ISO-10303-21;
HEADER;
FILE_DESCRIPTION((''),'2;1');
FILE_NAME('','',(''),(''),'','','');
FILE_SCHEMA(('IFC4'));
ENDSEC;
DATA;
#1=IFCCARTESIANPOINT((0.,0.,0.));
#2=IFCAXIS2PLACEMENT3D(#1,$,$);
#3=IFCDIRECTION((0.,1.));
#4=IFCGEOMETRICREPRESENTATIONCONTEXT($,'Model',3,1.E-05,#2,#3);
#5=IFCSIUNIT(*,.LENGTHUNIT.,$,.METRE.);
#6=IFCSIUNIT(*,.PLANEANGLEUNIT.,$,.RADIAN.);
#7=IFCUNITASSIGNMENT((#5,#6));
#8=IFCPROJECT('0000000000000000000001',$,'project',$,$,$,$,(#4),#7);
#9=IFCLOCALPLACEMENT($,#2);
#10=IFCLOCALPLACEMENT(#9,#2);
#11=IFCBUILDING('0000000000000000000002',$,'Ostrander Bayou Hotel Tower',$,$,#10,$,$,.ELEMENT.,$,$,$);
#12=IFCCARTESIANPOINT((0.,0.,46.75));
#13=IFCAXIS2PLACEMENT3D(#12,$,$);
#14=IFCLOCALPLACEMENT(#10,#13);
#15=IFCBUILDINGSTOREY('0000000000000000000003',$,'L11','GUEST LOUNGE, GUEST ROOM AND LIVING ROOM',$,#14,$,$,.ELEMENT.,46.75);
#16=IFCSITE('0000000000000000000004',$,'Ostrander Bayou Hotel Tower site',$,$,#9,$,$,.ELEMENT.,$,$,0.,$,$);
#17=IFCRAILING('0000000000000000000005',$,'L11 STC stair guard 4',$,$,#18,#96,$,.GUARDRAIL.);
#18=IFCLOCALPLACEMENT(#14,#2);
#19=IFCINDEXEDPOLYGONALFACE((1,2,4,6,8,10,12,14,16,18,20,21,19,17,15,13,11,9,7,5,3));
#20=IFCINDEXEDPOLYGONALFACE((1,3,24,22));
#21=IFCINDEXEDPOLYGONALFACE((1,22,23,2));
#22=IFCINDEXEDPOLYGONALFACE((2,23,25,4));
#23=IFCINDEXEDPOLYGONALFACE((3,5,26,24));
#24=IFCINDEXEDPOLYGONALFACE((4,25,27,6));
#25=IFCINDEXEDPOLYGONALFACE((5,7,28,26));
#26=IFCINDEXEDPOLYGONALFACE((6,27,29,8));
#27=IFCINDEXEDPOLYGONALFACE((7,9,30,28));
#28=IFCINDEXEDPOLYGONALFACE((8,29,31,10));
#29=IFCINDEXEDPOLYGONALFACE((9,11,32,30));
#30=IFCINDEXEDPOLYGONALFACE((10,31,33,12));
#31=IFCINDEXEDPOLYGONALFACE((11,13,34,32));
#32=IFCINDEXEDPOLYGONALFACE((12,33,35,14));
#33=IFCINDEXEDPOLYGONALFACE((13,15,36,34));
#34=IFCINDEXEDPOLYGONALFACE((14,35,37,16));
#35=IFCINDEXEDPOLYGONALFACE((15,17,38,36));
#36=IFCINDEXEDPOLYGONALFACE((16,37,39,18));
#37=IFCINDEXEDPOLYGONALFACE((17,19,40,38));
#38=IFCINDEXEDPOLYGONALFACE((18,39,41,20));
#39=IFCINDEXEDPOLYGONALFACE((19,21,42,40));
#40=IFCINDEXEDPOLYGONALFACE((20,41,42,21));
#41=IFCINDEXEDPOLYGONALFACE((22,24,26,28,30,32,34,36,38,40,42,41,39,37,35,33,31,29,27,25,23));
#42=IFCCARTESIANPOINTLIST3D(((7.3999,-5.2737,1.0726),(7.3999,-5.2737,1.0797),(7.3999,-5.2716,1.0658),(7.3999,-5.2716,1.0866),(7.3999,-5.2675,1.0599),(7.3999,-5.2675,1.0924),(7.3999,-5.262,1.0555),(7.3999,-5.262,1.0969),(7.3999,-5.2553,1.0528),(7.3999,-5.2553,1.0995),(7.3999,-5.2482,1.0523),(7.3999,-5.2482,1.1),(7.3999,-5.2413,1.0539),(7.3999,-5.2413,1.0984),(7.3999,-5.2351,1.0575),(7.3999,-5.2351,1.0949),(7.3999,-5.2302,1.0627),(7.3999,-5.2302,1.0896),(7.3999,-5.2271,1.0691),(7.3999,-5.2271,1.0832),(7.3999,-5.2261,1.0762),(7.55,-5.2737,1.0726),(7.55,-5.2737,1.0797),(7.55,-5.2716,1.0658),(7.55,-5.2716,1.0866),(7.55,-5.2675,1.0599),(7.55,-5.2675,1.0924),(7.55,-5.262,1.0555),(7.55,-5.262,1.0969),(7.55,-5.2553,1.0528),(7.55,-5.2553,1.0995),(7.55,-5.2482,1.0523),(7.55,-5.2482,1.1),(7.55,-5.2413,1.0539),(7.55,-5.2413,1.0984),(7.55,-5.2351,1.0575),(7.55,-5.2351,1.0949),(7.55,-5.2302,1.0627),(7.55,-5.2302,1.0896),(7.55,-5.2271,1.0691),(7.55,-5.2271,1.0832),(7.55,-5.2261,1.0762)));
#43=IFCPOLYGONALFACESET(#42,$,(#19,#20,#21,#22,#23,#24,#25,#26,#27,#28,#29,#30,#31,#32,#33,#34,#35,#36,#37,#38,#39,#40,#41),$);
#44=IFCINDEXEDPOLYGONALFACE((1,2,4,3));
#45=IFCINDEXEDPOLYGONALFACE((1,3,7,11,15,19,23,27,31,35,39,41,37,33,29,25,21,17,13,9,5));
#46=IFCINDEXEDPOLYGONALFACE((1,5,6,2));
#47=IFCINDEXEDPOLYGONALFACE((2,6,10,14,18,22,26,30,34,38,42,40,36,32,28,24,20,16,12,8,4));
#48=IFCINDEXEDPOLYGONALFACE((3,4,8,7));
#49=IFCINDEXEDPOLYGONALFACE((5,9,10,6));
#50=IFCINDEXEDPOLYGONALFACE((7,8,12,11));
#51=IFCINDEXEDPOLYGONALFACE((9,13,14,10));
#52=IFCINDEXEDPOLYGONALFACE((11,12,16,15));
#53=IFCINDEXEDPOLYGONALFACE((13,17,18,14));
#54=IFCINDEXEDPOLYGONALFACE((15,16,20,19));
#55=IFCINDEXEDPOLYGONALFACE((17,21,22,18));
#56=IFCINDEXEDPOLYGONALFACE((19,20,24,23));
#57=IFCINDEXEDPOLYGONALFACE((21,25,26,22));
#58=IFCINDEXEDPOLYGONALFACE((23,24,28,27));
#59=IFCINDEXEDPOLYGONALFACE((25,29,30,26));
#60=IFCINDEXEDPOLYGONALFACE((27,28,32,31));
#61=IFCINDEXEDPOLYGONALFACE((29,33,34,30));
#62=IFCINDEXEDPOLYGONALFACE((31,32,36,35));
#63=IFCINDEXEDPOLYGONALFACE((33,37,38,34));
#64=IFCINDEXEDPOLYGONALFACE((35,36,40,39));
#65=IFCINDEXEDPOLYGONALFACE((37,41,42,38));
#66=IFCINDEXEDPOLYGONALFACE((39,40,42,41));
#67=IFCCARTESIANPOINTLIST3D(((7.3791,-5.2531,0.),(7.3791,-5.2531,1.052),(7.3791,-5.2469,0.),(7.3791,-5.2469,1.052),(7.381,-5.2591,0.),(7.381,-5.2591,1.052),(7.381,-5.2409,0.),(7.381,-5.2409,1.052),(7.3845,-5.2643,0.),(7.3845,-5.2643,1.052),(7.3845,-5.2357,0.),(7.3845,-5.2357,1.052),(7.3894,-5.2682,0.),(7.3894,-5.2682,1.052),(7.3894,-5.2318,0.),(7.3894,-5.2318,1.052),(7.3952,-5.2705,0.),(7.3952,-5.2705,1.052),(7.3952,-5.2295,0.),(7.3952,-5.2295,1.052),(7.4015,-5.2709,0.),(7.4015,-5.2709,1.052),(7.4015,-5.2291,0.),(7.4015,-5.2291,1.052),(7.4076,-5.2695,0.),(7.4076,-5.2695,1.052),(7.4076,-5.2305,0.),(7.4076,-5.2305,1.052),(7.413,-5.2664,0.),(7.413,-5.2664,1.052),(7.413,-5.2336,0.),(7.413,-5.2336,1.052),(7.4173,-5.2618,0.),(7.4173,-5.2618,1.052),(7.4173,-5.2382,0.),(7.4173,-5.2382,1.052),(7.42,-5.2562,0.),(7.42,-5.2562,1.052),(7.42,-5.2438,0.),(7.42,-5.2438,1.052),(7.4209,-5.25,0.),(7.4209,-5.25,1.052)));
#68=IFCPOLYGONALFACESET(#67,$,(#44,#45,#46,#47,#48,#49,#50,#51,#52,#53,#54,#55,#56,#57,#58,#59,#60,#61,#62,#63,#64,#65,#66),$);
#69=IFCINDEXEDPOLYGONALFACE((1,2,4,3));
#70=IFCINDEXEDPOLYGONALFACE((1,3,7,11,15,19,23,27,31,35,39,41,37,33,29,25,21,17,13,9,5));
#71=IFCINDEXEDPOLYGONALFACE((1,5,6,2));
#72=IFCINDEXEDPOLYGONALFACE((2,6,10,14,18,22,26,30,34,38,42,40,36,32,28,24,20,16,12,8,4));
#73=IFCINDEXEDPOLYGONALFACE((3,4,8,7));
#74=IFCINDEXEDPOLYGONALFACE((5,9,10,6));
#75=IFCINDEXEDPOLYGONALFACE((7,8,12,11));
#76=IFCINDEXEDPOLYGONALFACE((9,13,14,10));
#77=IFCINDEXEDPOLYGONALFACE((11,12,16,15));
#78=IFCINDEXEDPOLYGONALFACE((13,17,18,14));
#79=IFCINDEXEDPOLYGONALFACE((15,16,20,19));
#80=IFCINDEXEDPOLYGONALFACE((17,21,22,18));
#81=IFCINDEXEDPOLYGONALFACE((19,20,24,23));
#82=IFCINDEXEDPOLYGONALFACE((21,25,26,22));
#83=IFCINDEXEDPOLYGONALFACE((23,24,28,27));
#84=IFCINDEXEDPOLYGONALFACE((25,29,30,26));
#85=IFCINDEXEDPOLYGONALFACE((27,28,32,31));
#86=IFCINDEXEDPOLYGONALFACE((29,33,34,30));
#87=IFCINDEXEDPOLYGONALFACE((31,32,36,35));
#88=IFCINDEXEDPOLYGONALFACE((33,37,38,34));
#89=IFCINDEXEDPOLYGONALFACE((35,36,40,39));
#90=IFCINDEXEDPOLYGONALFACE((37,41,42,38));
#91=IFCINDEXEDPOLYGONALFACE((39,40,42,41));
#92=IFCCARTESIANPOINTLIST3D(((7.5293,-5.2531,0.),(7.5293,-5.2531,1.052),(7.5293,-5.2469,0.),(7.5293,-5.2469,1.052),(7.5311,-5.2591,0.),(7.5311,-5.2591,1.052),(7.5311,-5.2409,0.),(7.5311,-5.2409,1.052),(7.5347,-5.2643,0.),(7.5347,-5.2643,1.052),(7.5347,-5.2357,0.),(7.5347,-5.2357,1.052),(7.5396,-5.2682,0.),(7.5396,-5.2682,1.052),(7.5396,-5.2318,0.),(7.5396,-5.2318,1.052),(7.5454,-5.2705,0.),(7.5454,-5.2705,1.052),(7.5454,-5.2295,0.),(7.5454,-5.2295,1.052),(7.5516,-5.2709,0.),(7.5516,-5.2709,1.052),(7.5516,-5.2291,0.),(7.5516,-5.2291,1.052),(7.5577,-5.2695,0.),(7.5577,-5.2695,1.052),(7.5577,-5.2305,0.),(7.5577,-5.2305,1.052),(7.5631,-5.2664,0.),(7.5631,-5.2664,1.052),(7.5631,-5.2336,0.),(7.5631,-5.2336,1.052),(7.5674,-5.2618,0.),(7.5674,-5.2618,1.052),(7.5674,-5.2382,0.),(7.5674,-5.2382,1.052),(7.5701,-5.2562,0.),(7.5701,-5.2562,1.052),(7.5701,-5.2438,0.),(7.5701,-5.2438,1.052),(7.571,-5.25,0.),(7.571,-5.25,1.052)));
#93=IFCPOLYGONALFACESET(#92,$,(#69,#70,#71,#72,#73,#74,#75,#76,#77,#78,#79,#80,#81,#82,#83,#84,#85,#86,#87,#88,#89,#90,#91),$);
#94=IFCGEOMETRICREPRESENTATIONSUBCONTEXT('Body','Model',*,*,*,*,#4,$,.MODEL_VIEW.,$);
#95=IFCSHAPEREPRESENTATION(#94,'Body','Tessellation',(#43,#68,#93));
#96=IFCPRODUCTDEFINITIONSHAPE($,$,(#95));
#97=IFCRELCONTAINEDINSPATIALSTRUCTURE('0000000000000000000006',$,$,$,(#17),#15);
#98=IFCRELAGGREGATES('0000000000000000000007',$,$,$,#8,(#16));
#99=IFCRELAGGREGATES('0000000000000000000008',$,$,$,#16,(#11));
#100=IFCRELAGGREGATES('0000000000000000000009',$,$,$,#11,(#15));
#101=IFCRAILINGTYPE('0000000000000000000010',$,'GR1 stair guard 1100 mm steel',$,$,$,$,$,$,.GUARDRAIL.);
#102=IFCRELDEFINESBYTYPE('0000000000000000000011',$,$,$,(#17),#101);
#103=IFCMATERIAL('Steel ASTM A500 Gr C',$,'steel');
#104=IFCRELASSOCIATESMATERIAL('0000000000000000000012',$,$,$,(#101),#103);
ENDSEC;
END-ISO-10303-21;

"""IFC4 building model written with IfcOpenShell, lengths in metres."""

from ifc_helpers import new_model, si_unit, direction, frame, origin, origin_2d, place, context, subcontext, project, spatial, circle, extrude, material, type_object, element, save


model = new_model("IFC4")

# Units and contexts
model_context = context("Model", 3, precision=1e-05, world=origin(), true_north=direction((0.0, 1.0)))
body_context = subcontext(model_context, "Body", "Model", "MODEL_VIEW")
ifc_project = project(units=[si_unit("LENGTHUNIT", "METRE"), si_unit("PLANEANGLEUNIT", "RADIAN")], contexts=[model_context])

# Site, building, storey
site_placement = place(None, origin())
site = spatial("IfcSite", under=ifc_project, at=site_placement, Name="Ostrander Bayou Hotel Tower site", CompositionType="ELEMENT", RefElevation=0.0)
building_placement = place(site_placement, origin())
building = spatial("IfcBuilding", under=site, at=building_placement, Name="Ostrander Bayou Hotel Tower", CompositionType="ELEMENT")
storey_placement = place(building_placement, frame((0.0, 0.0, 46.75)))
storey = spatial("IfcBuildingStorey", under=building, at=storey_placement, Name="L11", Description="GUEST LOUNGE, GUEST ROOM AND LIVING ROOM", CompositionType="ELEMENT", Elevation=46.75)

# Railing
ifc_material_1 = material(Name="Steel ASTM A500 Gr C", Category="steel")
railing_type = type_object("IfcRailingType", Name="GR1 stair guard 1100 mm steel", PredefinedType="GUARDRAIL", material=ifc_material_1)
railing_1_placement = place(storey_placement, frame((7.3999, -5.25, 0.0)))
element("IfcRailing", 1, at=railing_1_placement, inside=storey, type_object=railing_type, Name="L11 STC stair guard 4", PredefinedType="GUARDRAIL", context=body_context, shape_type="SweptSolid", body=[
    extrude(circle(Radius=0.0239, at=origin_2d()), frame((0.0, 0.0, 1.0762), z_axis=(1.0, 0.0, 0.0), x_axis=(0.0, 1.0, 0.0)), (0.0, 0.0, 1.0), 0.1501),
    extrude(circle(Radius=0.021, at=origin_2d()), origin(), (0.0, 0.0, 1.0), 1.052),
    extrude(circle(Radius=0.021, at=origin_2d()), frame((0.1501, 0.0, 0.0)), (0.0, 0.0, 1.0), 1.052),
])

save(model, "model.ifc")
